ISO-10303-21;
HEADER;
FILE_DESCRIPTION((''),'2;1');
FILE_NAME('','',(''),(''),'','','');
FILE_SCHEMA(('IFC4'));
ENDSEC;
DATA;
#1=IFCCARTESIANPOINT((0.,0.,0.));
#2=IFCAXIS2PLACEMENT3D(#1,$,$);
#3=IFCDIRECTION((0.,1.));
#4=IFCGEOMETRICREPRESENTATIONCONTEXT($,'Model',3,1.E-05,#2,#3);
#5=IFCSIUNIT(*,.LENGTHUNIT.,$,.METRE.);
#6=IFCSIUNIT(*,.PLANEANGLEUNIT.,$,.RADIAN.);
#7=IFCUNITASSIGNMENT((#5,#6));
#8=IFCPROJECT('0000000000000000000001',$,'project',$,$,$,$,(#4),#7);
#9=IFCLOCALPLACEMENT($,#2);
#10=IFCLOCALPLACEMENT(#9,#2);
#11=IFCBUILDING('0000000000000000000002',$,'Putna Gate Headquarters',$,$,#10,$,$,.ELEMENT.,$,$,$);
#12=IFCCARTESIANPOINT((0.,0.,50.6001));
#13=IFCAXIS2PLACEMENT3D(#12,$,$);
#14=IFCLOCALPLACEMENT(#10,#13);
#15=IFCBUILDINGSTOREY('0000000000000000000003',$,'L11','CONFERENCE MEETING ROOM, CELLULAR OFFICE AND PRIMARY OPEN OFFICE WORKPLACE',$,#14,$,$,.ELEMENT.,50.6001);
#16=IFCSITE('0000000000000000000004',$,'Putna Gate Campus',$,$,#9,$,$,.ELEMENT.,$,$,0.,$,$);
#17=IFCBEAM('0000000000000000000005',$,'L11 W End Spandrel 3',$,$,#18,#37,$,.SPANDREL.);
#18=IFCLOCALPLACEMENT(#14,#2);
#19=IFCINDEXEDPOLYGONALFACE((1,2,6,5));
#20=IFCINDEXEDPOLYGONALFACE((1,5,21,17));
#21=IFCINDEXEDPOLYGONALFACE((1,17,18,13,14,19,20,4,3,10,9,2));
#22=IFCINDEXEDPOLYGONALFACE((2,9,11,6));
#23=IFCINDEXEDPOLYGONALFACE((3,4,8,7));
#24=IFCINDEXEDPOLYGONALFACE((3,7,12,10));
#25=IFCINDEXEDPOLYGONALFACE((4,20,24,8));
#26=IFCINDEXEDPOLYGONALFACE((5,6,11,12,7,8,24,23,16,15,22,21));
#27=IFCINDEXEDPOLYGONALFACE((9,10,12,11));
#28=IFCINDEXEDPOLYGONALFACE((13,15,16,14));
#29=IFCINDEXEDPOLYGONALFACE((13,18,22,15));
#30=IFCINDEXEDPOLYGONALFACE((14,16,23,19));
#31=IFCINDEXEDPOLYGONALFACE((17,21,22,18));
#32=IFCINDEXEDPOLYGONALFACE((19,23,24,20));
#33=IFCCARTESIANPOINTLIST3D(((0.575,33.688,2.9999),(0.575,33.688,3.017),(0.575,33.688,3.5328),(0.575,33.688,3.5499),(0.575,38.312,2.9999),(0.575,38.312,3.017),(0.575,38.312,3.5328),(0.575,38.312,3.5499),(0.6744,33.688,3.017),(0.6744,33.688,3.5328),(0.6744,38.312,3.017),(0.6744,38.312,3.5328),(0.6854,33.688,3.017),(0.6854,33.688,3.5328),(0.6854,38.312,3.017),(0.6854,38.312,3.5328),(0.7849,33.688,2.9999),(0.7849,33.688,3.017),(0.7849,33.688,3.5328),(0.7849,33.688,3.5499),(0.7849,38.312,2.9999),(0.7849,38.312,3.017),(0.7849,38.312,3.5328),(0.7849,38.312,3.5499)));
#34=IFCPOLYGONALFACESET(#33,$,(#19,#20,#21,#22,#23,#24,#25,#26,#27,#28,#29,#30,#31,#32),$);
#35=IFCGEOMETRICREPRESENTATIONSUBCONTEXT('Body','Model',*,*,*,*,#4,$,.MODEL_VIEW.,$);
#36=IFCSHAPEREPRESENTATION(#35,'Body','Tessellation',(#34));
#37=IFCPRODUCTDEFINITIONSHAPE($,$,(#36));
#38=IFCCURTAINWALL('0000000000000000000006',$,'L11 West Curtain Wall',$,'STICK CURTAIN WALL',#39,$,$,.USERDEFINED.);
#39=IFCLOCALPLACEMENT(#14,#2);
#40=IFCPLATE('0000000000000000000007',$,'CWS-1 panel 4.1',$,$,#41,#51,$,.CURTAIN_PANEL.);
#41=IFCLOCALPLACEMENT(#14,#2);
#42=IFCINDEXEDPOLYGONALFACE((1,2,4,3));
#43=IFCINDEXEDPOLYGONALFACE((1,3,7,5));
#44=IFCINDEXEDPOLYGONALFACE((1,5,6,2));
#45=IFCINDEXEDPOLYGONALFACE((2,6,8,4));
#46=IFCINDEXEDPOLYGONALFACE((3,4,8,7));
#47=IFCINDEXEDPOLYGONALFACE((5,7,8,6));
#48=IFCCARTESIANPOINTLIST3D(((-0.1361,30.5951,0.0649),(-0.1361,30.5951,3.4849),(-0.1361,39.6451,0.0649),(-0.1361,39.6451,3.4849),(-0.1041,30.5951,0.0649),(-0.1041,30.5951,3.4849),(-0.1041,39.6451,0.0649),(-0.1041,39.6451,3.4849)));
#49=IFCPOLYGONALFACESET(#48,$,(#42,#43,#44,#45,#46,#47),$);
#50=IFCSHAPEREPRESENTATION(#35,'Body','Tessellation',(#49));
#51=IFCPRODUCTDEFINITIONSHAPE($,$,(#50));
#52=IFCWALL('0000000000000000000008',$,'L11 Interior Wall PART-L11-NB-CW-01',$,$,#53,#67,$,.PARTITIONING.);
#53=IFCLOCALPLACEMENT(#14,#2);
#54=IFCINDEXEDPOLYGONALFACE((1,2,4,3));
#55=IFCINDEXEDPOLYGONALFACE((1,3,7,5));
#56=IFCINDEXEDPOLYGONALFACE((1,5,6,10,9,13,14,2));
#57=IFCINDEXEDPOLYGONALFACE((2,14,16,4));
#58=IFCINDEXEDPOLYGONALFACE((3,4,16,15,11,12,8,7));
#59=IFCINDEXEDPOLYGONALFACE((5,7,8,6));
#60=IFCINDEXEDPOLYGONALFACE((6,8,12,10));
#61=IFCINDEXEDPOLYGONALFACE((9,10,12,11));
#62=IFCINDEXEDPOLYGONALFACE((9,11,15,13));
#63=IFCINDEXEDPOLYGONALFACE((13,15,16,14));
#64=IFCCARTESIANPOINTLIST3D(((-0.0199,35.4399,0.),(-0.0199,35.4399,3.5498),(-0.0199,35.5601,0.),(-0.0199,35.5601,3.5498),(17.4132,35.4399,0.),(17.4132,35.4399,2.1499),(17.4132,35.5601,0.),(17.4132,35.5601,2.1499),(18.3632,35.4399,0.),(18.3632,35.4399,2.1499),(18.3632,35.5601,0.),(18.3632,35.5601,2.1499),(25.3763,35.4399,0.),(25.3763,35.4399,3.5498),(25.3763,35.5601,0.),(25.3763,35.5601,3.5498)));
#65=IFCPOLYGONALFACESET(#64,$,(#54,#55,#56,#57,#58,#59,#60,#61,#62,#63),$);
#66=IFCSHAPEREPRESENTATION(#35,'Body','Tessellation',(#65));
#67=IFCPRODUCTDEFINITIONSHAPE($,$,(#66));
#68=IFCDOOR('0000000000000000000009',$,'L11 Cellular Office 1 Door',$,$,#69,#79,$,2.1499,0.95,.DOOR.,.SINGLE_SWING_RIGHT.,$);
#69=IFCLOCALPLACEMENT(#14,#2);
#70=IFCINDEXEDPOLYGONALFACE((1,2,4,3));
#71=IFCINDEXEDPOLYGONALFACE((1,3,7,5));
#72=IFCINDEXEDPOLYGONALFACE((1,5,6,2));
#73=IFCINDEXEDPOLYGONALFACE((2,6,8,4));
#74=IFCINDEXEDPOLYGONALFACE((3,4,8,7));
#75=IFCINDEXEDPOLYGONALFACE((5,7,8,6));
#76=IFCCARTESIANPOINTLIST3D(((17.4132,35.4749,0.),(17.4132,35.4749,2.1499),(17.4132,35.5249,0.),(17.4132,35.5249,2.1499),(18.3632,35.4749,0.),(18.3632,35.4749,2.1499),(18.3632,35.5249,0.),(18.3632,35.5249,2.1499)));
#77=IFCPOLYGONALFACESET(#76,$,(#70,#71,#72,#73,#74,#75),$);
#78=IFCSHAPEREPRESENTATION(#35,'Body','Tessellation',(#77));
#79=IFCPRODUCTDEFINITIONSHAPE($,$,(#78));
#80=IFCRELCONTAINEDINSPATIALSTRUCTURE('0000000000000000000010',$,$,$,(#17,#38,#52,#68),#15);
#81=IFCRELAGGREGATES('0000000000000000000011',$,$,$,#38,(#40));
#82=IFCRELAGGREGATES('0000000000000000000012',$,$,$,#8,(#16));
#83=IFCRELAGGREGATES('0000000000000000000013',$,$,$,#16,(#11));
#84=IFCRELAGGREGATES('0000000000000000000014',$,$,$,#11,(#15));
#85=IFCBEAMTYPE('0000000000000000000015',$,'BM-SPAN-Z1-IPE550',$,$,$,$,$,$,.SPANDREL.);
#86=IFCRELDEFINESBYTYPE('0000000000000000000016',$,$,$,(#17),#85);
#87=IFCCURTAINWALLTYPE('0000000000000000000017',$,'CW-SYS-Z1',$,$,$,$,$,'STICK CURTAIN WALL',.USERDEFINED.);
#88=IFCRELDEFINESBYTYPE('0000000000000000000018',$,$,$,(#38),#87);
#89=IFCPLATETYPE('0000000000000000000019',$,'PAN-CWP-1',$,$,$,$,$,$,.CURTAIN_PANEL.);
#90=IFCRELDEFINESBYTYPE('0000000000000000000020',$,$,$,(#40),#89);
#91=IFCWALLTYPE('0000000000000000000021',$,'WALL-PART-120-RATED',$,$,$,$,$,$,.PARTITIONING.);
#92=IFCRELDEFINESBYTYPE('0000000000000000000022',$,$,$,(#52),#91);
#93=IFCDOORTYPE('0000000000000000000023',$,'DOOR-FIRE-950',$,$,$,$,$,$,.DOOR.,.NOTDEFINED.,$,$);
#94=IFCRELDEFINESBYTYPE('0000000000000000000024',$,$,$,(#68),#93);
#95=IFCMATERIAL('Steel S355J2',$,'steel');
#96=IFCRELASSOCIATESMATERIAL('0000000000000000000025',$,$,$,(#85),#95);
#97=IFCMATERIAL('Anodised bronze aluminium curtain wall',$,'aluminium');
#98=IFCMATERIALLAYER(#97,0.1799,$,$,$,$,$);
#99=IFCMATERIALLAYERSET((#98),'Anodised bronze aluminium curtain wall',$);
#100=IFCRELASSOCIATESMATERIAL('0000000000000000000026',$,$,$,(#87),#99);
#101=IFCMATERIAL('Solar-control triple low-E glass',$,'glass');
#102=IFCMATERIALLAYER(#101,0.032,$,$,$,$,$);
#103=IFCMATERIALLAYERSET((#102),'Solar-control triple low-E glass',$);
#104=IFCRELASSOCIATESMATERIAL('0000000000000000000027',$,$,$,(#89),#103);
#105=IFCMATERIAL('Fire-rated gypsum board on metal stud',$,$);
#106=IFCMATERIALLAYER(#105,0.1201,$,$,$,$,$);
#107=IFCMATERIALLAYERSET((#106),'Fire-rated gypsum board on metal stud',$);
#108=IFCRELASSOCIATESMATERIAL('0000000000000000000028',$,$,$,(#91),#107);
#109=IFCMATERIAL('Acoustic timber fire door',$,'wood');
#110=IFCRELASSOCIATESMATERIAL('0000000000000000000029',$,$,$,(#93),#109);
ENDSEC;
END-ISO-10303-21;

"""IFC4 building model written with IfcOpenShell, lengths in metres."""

from ifc_helpers import new_model, si_unit, direction, frame, frame_2d, origin, origin_2d, place, context, subcontext, project, spatial, rectangle, i_section, extrude, material, layer, layer_set, material_profile, profile_set, type_object, element, fill, aggregate, save


model = new_model("IFC4")

# Units and contexts
model_context = context("Model", 3, precision=1e-05, world=origin(), true_north=direction((0.0, 1.0)))
body_context = subcontext(model_context, "Body", "Model", "MODEL_VIEW")
ifc_project = project(units=[si_unit("LENGTHUNIT", "METRE"), si_unit("PLANEANGLEUNIT", "RADIAN")], contexts=[model_context])

# Site, building, storey
site_placement = place(None, origin())
site = spatial("IfcSite", under=ifc_project, at=site_placement, Name="Putna Gate Campus", CompositionType="ELEMENT", RefElevation=0.0)
building_placement = place(site_placement, origin())
building = spatial("IfcBuilding", under=site, at=building_placement, Name="Putna Gate Headquarters", CompositionType="ELEMENT")
storey_placement = place(building_placement, frame((0.0, 0.0, 50.6001)))
storey = spatial("IfcBuildingStorey", under=building, at=storey_placement, Name="L11", Description="CONFERENCE MEETING ROOM, CELLULAR OFFICE AND PRIMARY OPEN OFFICE WORKPLACE", CompositionType="ELEMENT", Elevation=50.6001)

# Beam
ifc_material_1 = material(Name="Steel S355J2", Category="steel")
ifc_material_profile_1 = material_profile(ifc_material_1, i_section(OverallWidth=0.21, OverallDepth=0.55, WebThickness=0.011, FlangeThickness=0.0171, at=origin_2d()), Name="Steel S355J2")
ifc_profile_set_1 = profile_set([ifc_material_profile_1], Name="Steel S355J2")
beam_type_1 = type_object("IfcBeamType", Name="BM-SPAN-Z1-IPE550", PredefinedType="SPANDREL", material=ifc_profile_set_1)
beam_1_placement = place(storey_placement, frame((0.6799, 33.688, 3.2749), z_axis=(0.0, 1.0, 0.0), x_axis=(-1.0, 0.0, 0.0)))
element("IfcBeam", 1, at=beam_1_placement, inside=storey, type_object=beam_type_1, Name="L11 W End Spandrel 3", PredefinedType="SPANDREL", context=body_context, shape_type="SweptSolid", body=[
    extrude(i_section(OverallWidth=0.21, OverallDepth=0.55, WebThickness=0.011, FlangeThickness=0.0171, at=origin_2d()), origin(), (0.0, 0.0, 1.0), 4.624),
])

# Curtain wall, plate
ifc_material_2 = material(Name="Anodised bronze aluminium curtain wall", Category="aluminium")
ifc_layer_1 = layer(ifc_material_2, 0.1799)
ifc_layer_set_1 = layer_set([ifc_layer_1], Name="Anodised bronze aluminium curtain wall")
curtain_wall_type = type_object("IfcCurtainWallType", Name="CW-SYS-Z1", ElementType="STICK CURTAIN WALL", PredefinedType="USERDEFINED", material=ifc_layer_set_1)
curtain_wall_placement = place(storey_placement, origin())
curtain_wall = element("IfcCurtainWall", 2, at=curtain_wall_placement, inside=storey, type_object=curtain_wall_type, Name="L11 West Curtain Wall", ObjectType="STICK CURTAIN WALL", PredefinedType="USERDEFINED")
ifc_material_3 = material(Name="Solar-control triple low-E glass", Category="glass")
ifc_layer_2 = layer(ifc_material_3, 0.032)
ifc_layer_set_2 = layer_set([ifc_layer_2], Name="Solar-control triple low-E glass")
plate_type = type_object("IfcPlateType", Name="PAN-CWP-1", PredefinedType="CURTAIN_PANEL", material=ifc_layer_set_2)
plate_placement = place(storey_placement, frame((-0.1201, 35.1201, 0.0649), z_axis=(0.0, 0.0, 1.0), x_axis=(0.0, 1.0, 0.0)))
plate = element("IfcPlate", 3, at=plate_placement, type_object=plate_type, Name="CWS-1 panel 4.1", PredefinedType="CURTAIN_PANEL", context=body_context, shape_type="SweptSolid", body=[
    extrude(rectangle(XDim=9.05, YDim=0.032, at=origin_2d()), origin(), (0.0, 0.0, 1.0), 3.4199),
])
aggregate(curtain_wall, [plate])

# Wall, opening, door
ifc_material_4 = material(Name="Fire-rated gypsum board on metal stud")
ifc_layer_3 = layer(ifc_material_4, 0.1201)
ifc_layer_set_3 = layer_set([ifc_layer_3], Name="Fire-rated gypsum board on metal stud")
wall_type_1 = type_object("IfcWallType", Name="WALL-PART-120-RATED", PredefinedType="PARTITIONING", material=ifc_layer_set_3)
wall_1_placement = place(storey_placement, frame((-0.02, 35.5, 0.0), z_axis=(0.0, 0.0, 1.0), x_axis=(1.0, 0.0, 0.0)))
wall_1 = element("IfcWall", 4, at=wall_1_placement, inside=storey, type_object=wall_type_1, Name="L11 Interior Wall PART-L11-NB-CW-01", PredefinedType="PARTITIONING", context=body_context, shape_type="SweptSolid", body=[
    extrude(rectangle(XDim=25.3962, YDim=0.1201, at=frame_2d((12.6982, 0.0))), origin(), (0.0, 0.0, 1.0), 3.5498),
])
opening_1_placement = place(wall_1_placement, frame((17.4331, 0.0, 0.0)))
opening_1 = element("IfcOpeningElement", 5, at=opening_1_placement, cuts=wall_1, PredefinedType="OPENING", context=body_context, shape_type="SweptSolid", body=[
    extrude(rectangle(XDim=0.95, YDim=2.1499, at=frame_2d((0.4751, 1.075))), frame((0.0, 0.0701, 0.0), z_axis=(0.0, -1.0, 0.0), x_axis=(1.0, 0.0, 0.0)), (0.0, 0.0, 1.0), 0.1401),
])
ifc_material_5 = material(Name="Acoustic timber fire door", Category="wood")
door_type_1 = type_object("IfcDoorType", Name="DOOR-FIRE-950", OperationType="NOTDEFINED", PredefinedType="DOOR", material=ifc_material_5)
door_1_placement = place(opening_1_placement, origin())
door_1 = element("IfcDoor", 6, at=door_1_placement, inside=storey, type_object=door_type_1, Name="L11 Cellular Office 1 Door", OperationType="SINGLE_SWING_RIGHT", OverallHeight=2.1499, OverallWidth=0.95, PredefinedType="DOOR", context=body_context, shape_type="SweptSolid", body=[
    extrude(rectangle(XDim=0.95, YDim=2.1499, at=frame_2d((0.4751, 1.075))), frame((0.0, 0.0249, 0.0), z_axis=(0.0, -1.0, 0.0), x_axis=(1.0, 0.0, 0.0)), (0.0, 0.0, 1.0), 0.05),
])
fill(opening_1, door_1)

save(model, "model.ifc")
